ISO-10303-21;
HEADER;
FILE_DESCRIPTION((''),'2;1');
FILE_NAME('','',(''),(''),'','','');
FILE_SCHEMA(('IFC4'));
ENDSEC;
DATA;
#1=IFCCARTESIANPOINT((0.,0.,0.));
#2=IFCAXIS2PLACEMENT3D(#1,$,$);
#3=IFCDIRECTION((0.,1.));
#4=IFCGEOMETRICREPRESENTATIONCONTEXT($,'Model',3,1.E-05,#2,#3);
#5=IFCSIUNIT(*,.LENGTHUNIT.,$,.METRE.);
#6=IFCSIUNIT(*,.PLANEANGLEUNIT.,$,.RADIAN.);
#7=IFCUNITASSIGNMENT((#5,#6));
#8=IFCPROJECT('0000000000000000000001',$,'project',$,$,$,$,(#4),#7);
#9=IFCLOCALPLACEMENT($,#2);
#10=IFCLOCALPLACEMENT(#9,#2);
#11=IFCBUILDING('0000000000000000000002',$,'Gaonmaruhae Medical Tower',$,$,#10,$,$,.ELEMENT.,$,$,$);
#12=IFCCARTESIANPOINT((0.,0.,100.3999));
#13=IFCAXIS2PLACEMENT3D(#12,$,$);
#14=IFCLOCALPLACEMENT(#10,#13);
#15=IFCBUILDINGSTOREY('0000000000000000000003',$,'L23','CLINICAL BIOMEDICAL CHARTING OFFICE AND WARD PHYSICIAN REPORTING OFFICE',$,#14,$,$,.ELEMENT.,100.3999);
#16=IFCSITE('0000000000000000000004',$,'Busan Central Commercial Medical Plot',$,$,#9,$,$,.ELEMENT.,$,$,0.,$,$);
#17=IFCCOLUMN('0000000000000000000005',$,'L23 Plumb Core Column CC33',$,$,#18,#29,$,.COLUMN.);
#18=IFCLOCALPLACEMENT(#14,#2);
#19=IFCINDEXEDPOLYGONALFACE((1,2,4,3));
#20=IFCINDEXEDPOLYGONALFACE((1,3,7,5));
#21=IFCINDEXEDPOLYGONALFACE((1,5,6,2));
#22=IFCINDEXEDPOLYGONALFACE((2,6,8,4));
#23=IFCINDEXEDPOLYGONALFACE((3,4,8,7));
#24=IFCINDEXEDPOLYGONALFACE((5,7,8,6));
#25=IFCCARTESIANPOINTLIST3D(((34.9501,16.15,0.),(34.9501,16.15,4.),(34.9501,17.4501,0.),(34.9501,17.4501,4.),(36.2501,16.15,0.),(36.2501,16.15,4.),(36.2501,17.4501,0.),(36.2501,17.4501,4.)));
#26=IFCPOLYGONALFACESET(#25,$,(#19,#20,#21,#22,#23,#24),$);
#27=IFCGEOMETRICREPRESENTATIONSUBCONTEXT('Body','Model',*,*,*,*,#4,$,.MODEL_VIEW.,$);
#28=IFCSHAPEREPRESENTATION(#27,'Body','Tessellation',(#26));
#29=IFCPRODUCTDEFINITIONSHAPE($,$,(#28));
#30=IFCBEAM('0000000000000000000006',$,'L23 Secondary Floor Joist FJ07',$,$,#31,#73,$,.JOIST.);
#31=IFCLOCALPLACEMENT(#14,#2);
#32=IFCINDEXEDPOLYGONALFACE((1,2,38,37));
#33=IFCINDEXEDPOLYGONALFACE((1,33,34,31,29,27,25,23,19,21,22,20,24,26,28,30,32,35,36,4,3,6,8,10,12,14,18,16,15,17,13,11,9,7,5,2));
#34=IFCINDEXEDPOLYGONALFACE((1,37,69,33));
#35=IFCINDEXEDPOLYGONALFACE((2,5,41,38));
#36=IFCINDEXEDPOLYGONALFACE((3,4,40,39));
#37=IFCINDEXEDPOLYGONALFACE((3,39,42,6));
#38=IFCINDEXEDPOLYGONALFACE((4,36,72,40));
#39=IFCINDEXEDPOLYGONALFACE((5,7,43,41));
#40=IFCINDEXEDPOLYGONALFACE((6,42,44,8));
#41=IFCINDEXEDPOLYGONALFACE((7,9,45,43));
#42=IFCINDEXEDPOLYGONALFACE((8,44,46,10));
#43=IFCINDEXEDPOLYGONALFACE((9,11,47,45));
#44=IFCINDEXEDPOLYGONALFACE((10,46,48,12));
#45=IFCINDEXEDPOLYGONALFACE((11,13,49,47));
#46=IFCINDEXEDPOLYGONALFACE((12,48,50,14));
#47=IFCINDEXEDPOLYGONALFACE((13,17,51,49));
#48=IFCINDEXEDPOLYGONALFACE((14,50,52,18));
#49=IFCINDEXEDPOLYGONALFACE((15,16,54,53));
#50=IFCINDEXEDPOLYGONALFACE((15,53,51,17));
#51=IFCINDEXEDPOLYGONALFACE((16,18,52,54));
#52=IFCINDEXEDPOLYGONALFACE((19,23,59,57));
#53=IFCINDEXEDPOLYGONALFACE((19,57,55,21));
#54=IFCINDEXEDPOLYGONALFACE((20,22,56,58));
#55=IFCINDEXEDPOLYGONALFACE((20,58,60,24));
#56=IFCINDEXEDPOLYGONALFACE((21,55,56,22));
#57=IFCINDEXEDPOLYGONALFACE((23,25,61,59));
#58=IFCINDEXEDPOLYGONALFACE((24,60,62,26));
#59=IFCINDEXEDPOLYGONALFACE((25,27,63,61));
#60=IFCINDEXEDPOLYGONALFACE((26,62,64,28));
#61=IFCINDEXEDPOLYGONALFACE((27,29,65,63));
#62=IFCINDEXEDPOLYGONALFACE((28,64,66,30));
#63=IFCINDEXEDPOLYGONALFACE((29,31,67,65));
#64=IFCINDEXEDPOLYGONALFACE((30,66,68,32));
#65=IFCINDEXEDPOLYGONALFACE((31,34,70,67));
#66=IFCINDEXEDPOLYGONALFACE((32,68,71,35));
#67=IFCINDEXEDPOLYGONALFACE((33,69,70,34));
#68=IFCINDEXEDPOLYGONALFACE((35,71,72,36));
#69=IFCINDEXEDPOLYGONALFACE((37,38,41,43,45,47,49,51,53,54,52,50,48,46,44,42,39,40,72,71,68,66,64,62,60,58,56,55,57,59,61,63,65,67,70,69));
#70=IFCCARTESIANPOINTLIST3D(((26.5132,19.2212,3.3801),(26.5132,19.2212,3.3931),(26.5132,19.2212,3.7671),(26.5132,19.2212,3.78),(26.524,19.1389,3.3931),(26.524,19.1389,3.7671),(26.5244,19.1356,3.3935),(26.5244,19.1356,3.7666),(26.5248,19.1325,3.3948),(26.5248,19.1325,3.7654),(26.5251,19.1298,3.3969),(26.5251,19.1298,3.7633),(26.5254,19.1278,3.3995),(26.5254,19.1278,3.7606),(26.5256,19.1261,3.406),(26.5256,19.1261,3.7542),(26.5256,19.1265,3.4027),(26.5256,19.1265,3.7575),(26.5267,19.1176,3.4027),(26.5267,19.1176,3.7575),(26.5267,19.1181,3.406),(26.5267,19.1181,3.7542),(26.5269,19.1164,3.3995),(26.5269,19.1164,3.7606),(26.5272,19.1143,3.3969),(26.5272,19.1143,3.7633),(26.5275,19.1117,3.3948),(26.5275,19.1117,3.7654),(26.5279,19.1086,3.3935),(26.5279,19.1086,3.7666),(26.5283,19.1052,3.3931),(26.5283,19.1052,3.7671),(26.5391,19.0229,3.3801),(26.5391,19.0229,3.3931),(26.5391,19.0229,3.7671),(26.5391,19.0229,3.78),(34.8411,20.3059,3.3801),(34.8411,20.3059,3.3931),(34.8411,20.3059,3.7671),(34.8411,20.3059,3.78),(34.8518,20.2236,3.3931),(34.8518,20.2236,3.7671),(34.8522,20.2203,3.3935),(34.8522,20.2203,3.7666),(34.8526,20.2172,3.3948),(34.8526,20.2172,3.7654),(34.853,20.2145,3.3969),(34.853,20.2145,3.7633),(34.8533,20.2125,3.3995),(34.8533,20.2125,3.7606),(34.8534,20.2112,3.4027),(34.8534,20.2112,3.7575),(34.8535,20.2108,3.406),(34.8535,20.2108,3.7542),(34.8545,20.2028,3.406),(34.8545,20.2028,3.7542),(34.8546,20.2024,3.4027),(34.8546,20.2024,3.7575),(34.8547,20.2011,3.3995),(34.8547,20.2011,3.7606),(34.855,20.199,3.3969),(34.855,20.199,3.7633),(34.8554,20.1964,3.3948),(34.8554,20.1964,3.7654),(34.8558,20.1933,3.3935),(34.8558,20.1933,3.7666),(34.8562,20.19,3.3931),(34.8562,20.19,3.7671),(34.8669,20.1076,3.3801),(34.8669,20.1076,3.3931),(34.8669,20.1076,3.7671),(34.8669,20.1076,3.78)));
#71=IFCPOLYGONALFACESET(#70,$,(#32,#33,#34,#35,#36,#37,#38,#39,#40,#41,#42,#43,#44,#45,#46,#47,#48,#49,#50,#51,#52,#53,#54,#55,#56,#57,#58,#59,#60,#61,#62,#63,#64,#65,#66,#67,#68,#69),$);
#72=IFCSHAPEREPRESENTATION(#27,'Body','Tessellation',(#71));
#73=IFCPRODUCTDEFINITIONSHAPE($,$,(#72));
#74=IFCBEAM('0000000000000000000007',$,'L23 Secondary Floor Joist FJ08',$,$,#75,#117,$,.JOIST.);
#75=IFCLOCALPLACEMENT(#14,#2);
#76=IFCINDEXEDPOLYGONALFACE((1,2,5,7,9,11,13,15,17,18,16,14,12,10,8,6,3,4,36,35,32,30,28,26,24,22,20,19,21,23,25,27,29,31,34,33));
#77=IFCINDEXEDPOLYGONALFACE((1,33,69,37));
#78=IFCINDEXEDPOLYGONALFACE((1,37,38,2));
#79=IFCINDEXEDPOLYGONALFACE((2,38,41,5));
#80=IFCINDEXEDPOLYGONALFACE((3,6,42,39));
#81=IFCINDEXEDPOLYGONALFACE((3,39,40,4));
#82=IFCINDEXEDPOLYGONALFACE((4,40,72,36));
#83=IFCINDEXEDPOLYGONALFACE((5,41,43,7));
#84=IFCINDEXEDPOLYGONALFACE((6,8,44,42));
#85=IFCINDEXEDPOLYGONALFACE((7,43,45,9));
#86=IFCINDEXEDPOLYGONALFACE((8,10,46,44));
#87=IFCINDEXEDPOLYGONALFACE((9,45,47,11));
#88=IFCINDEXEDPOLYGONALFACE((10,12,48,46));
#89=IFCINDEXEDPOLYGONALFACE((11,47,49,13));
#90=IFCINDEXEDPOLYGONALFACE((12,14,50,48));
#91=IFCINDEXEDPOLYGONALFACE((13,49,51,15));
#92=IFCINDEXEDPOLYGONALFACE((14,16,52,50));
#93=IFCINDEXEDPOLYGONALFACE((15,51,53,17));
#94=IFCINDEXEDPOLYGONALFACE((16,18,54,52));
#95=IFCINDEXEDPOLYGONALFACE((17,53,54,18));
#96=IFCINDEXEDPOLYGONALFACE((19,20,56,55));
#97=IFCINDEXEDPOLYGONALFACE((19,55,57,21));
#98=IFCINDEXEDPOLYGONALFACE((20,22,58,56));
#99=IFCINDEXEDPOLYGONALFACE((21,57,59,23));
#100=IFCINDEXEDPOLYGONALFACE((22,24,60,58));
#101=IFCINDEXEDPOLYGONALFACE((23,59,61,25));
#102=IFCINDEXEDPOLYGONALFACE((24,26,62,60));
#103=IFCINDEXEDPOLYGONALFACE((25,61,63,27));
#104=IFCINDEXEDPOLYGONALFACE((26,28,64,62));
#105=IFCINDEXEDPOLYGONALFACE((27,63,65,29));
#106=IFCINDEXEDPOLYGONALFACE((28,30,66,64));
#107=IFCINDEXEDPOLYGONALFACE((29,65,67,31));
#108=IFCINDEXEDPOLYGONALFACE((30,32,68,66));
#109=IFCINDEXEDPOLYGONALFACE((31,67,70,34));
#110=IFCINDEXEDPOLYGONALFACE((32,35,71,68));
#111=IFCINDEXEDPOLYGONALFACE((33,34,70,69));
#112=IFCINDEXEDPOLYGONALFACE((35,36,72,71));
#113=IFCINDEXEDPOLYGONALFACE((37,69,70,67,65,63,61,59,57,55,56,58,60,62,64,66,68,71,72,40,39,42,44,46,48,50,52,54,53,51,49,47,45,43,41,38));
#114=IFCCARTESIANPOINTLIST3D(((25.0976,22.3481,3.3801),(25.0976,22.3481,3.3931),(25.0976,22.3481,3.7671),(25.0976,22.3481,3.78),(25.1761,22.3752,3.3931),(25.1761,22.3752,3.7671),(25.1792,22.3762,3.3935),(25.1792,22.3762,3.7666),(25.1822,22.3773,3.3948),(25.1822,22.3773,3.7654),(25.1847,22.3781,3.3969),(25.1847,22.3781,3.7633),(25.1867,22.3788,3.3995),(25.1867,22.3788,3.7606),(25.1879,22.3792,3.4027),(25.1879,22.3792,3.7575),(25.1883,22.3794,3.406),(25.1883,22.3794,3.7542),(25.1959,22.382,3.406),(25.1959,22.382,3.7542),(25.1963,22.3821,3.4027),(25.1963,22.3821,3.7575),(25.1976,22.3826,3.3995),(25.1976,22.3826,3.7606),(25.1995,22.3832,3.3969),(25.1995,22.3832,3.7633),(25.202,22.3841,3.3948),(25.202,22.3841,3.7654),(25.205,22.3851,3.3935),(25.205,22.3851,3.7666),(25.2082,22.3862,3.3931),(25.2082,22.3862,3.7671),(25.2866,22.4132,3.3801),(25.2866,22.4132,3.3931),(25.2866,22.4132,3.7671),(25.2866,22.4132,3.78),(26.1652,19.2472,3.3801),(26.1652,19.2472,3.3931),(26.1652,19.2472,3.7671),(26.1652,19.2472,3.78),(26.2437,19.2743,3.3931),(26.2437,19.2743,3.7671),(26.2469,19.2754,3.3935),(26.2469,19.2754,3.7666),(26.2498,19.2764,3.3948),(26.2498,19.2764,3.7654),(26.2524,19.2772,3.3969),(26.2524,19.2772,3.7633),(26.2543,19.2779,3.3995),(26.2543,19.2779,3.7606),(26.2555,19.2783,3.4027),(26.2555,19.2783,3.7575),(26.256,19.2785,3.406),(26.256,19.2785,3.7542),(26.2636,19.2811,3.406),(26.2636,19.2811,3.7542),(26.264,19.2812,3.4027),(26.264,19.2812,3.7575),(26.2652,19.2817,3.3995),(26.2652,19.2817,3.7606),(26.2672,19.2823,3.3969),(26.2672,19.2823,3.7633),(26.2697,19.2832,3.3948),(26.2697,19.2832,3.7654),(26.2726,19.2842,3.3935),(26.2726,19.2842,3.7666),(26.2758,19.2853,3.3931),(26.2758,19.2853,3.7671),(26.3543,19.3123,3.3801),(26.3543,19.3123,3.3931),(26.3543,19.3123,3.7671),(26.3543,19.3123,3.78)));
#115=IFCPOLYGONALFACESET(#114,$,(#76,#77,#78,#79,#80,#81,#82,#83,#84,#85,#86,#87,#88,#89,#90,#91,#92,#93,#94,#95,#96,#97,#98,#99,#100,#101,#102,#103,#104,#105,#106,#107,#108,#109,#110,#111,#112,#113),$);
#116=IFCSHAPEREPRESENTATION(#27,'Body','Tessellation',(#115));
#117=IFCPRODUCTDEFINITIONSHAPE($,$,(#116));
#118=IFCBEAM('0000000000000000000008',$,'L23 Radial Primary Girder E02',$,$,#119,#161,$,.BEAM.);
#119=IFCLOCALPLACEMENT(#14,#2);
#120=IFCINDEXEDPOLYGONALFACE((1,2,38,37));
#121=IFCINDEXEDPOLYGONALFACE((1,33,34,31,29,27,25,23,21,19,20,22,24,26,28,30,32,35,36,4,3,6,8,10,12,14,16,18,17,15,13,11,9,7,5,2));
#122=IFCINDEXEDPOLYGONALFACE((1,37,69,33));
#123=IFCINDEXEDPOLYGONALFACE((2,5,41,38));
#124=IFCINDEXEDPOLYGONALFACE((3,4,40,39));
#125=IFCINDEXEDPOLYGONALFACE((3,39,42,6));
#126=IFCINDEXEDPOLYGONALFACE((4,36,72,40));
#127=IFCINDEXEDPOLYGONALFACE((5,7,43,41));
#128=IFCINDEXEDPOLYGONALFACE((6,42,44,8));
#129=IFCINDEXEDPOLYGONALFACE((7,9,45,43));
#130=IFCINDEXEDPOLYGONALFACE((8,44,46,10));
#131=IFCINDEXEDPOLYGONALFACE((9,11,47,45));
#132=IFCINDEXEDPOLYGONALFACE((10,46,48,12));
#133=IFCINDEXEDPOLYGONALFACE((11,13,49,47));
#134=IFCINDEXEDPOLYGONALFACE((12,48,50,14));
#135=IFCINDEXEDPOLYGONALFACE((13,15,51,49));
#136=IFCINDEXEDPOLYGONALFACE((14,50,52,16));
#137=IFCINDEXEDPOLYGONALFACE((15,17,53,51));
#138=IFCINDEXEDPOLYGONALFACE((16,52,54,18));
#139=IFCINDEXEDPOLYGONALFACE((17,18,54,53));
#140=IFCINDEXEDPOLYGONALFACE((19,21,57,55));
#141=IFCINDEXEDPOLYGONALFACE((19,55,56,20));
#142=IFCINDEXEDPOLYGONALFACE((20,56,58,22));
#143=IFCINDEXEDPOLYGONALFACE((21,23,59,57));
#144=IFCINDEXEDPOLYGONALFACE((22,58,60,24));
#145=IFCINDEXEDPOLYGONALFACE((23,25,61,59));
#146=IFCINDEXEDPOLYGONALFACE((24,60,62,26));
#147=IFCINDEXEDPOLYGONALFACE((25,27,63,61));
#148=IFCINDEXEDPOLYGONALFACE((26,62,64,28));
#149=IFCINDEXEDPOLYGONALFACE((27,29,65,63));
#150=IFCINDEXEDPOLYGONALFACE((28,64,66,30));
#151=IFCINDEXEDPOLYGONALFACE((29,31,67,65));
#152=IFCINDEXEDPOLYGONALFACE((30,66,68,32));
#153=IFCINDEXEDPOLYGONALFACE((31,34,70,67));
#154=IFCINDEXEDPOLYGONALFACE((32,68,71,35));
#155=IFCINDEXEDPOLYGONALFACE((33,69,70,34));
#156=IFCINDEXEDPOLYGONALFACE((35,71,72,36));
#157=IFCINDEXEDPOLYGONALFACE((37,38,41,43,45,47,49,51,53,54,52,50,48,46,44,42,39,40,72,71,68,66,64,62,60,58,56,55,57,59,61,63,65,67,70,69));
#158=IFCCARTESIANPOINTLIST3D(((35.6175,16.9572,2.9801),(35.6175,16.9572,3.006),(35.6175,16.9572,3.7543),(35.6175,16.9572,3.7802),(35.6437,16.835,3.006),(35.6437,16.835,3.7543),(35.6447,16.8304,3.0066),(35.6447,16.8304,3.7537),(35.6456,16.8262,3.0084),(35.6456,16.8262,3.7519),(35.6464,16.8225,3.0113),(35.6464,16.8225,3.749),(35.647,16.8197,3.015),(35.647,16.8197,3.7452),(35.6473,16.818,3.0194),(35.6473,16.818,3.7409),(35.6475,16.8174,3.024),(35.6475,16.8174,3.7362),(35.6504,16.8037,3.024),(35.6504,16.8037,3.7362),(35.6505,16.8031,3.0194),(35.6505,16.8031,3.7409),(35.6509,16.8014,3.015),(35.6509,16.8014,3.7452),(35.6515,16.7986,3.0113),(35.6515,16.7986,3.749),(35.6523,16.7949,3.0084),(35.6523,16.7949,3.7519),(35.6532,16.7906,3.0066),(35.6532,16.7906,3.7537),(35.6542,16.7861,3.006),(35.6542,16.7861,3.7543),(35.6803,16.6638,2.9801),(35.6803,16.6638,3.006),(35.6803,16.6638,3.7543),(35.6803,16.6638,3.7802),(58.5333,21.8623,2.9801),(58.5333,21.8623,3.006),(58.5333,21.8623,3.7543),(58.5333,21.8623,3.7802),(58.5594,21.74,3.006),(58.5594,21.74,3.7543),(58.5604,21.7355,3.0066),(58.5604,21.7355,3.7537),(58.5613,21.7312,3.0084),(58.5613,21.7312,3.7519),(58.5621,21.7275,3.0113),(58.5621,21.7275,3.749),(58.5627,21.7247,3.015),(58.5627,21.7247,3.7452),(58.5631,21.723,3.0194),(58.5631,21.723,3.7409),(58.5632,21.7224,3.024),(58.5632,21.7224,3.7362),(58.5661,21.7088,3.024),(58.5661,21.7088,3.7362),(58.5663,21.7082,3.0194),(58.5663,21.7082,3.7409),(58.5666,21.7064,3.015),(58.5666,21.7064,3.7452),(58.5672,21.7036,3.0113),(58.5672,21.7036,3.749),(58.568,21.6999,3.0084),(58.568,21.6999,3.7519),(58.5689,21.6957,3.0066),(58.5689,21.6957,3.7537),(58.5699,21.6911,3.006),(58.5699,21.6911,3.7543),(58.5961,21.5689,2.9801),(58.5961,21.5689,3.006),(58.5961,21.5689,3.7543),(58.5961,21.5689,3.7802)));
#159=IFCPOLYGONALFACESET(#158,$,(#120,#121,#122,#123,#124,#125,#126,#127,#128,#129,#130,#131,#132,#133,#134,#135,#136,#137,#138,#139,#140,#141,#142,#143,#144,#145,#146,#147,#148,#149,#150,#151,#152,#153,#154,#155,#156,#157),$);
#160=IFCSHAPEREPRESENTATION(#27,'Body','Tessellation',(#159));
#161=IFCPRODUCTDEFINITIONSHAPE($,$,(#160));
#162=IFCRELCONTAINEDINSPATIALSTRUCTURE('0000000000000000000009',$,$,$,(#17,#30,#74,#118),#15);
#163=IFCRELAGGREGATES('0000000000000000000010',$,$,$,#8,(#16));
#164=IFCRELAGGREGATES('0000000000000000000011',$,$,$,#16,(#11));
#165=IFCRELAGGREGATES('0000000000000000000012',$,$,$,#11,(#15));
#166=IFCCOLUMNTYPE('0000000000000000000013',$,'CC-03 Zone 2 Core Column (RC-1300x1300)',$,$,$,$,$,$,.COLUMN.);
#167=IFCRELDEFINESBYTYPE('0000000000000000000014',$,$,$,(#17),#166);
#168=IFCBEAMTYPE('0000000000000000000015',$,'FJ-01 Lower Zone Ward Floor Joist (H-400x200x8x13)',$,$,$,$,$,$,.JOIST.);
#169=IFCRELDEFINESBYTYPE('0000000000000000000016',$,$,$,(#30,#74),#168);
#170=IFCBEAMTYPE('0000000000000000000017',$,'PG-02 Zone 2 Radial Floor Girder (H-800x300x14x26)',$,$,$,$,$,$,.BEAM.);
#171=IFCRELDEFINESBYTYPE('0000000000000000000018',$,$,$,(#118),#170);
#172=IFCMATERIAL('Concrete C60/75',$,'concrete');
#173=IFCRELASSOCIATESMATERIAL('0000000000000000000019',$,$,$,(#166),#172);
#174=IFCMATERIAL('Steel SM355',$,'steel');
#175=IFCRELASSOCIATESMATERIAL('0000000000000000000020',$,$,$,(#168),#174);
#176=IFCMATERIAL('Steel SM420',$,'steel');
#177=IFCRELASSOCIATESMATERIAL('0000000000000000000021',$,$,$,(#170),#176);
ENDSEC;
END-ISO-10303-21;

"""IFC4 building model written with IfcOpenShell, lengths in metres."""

from ifc_helpers import new_model, si_unit, direction, frame, origin, origin_2d, place, context, subcontext, project, spatial, rectangle, i_section, extrude, material, material_profile, profile_set, type_object, element, save


model = new_model("IFC4")

# Units and contexts
model_context = context("Model", 3, precision=1e-05, world=origin(), true_north=direction((0.0, 1.0)))
body_context = subcontext(model_context, "Body", "Model", "MODEL_VIEW")
ifc_project = project(units=[si_unit("LENGTHUNIT", "METRE"), si_unit("PLANEANGLEUNIT", "RADIAN")], contexts=[model_context])

# Site, building, storey
site_placement = place(None, origin())
site = spatial("IfcSite", under=ifc_project, at=site_placement, Name="Busan Central Commercial Medical Plot", CompositionType="ELEMENT", RefElevation=0.0)
building_placement = place(site_placement, origin())
building = spatial("IfcBuilding", under=site, at=building_placement, Name="Gaonmaruhae Medical Tower", CompositionType="ELEMENT")
storey_placement = place(building_placement, frame((0.0, 0.0, 100.3999)))
storey = spatial("IfcBuildingStorey", under=building, at=storey_placement, Name="L23", Description="CLINICAL BIOMEDICAL CHARTING OFFICE AND WARD PHYSICIAN REPORTING OFFICE", CompositionType="ELEMENT", Elevation=100.3999)

# Column
ifc_material_1 = material(Name="Concrete C60/75", Category="concrete")
ifc_material_profile_1 = material_profile(ifc_material_1, rectangle(XDim=1.3, YDim=1.3, at=origin_2d()), Name="RC-1300x1300")
ifc_profile_set_1 = profile_set([ifc_material_profile_1], Name="Concrete C60/75")
column_type = type_object("IfcColumnType", Name="CC-03 Zone 2 Core Column (RC-1300x1300)", PredefinedType="COLUMN", material=ifc_profile_set_1)
column_placement = place(storey_placement, frame((35.6001, 16.8, 0.0), z_axis=(0.0, 0.0, 1.0), x_axis=(1.0, 0.0, 0.0)))
element("IfcColumn", 1, at=column_placement, inside=storey, type_object=column_type, Name="L23 Plumb Core Column CC33", PredefinedType="COLUMN", context=body_context, shape_type="SweptSolid", body=[
    extrude(rectangle(XDim=1.3, YDim=1.3, at=origin_2d()), origin(), (0.0, 0.0, 1.0), 4.0),
])

# Beams
ifc_material_2 = material(Name="Steel SM355", Category="steel")
ifc_material_profile_2 = material_profile(ifc_material_2, i_section(OverallWidth=0.2, OverallDepth=0.3999, WebThickness=0.0081, FlangeThickness=0.0129, FilletRadius=0.0129, at=origin_2d()), Name="H-400x200x8x13")
ifc_profile_set_2 = profile_set([ifc_material_profile_2], Name="Steel SM355")
beam_type_1 = type_object("IfcBeamType", Name="FJ-01 Lower Zone Ward Floor Joist (H-400x200x8x13)", PredefinedType="JOIST", material=ifc_profile_set_2)
beam_1_placement = place(storey_placement, frame((34.854, 20.2068, 3.5801), z_axis=(-0.991624, -0.12916, 0.0), x_axis=(0.12916, -0.991624, 0.0)))
element("IfcBeam", 2, at=beam_1_placement, inside=storey, type_object=beam_type_1, Name="L23 Secondary Floor Joist FJ07", PredefinedType="JOIST", context=body_context, shape_type="SweptSolid", body=[
    extrude(i_section(OverallWidth=0.2, OverallDepth=0.3999, WebThickness=0.0081, FlangeThickness=0.0129, FilletRadius=0.0129, at=origin_2d()), origin(), (0.0, 0.0, 1.0), 8.3982),
])
beam_2_placement = place(storey_placement, frame((26.2598, 19.2798, 3.5801), z_axis=(-0.325548, 0.945526, 0.0), x_axis=(-0.945526, -0.325548, 0.0)))
element("IfcBeam", 3, at=beam_2_placement, inside=storey, type_object=beam_type_1, Name="L23 Secondary Floor Joist FJ08", PredefinedType="JOIST", context=body_context, shape_type="SweptSolid", body=[
    extrude(i_section(OverallWidth=0.2, OverallDepth=0.3999, WebThickness=0.0081, FlangeThickness=0.0129, FilletRadius=0.0129, at=origin_2d()), origin(), (0.0, 0.0, 1.0), 3.2795),
])
ifc_material_3 = material(Name="Steel SM420", Category="steel")
ifc_material_profile_3 = material_profile(ifc_material_3, i_section(OverallWidth=0.3, OverallDepth=0.8, WebThickness=0.0139, FlangeThickness=0.0259, FilletRadius=0.0181, at=origin_2d()), Name="H-800x300x14x26")
ifc_profile_set_3 = profile_set([ifc_material_profile_3], Name="Steel SM420")
beam_type_2 = type_object("IfcBeamType", Name="PG-02 Zone 2 Radial Floor Girder (H-800x300x14x26)", PredefinedType="BEAM", material=ifc_profile_set_3)
beam_3_placement = place(storey_placement, frame((35.6489, 16.8105, 3.3801), z_axis=(0.97785, 0.209305, 0.0), x_axis=(-0.209305, 0.97785, 0.0)))
element("IfcBeam", 4, at=beam_3_placement, inside=storey, type_object=beam_type_2, Name="L23 Radial Primary Girder E02", PredefinedType="BEAM", context=body_context, shape_type="SweptSolid", body=[
    extrude(i_section(OverallWidth=0.3, OverallDepth=0.8, WebThickness=0.0139, FlangeThickness=0.0259, FilletRadius=0.0181, at=origin_2d()), origin(), (0.0, 0.0, 1.0), 23.4348),
])

save(model, "model.ifc")
